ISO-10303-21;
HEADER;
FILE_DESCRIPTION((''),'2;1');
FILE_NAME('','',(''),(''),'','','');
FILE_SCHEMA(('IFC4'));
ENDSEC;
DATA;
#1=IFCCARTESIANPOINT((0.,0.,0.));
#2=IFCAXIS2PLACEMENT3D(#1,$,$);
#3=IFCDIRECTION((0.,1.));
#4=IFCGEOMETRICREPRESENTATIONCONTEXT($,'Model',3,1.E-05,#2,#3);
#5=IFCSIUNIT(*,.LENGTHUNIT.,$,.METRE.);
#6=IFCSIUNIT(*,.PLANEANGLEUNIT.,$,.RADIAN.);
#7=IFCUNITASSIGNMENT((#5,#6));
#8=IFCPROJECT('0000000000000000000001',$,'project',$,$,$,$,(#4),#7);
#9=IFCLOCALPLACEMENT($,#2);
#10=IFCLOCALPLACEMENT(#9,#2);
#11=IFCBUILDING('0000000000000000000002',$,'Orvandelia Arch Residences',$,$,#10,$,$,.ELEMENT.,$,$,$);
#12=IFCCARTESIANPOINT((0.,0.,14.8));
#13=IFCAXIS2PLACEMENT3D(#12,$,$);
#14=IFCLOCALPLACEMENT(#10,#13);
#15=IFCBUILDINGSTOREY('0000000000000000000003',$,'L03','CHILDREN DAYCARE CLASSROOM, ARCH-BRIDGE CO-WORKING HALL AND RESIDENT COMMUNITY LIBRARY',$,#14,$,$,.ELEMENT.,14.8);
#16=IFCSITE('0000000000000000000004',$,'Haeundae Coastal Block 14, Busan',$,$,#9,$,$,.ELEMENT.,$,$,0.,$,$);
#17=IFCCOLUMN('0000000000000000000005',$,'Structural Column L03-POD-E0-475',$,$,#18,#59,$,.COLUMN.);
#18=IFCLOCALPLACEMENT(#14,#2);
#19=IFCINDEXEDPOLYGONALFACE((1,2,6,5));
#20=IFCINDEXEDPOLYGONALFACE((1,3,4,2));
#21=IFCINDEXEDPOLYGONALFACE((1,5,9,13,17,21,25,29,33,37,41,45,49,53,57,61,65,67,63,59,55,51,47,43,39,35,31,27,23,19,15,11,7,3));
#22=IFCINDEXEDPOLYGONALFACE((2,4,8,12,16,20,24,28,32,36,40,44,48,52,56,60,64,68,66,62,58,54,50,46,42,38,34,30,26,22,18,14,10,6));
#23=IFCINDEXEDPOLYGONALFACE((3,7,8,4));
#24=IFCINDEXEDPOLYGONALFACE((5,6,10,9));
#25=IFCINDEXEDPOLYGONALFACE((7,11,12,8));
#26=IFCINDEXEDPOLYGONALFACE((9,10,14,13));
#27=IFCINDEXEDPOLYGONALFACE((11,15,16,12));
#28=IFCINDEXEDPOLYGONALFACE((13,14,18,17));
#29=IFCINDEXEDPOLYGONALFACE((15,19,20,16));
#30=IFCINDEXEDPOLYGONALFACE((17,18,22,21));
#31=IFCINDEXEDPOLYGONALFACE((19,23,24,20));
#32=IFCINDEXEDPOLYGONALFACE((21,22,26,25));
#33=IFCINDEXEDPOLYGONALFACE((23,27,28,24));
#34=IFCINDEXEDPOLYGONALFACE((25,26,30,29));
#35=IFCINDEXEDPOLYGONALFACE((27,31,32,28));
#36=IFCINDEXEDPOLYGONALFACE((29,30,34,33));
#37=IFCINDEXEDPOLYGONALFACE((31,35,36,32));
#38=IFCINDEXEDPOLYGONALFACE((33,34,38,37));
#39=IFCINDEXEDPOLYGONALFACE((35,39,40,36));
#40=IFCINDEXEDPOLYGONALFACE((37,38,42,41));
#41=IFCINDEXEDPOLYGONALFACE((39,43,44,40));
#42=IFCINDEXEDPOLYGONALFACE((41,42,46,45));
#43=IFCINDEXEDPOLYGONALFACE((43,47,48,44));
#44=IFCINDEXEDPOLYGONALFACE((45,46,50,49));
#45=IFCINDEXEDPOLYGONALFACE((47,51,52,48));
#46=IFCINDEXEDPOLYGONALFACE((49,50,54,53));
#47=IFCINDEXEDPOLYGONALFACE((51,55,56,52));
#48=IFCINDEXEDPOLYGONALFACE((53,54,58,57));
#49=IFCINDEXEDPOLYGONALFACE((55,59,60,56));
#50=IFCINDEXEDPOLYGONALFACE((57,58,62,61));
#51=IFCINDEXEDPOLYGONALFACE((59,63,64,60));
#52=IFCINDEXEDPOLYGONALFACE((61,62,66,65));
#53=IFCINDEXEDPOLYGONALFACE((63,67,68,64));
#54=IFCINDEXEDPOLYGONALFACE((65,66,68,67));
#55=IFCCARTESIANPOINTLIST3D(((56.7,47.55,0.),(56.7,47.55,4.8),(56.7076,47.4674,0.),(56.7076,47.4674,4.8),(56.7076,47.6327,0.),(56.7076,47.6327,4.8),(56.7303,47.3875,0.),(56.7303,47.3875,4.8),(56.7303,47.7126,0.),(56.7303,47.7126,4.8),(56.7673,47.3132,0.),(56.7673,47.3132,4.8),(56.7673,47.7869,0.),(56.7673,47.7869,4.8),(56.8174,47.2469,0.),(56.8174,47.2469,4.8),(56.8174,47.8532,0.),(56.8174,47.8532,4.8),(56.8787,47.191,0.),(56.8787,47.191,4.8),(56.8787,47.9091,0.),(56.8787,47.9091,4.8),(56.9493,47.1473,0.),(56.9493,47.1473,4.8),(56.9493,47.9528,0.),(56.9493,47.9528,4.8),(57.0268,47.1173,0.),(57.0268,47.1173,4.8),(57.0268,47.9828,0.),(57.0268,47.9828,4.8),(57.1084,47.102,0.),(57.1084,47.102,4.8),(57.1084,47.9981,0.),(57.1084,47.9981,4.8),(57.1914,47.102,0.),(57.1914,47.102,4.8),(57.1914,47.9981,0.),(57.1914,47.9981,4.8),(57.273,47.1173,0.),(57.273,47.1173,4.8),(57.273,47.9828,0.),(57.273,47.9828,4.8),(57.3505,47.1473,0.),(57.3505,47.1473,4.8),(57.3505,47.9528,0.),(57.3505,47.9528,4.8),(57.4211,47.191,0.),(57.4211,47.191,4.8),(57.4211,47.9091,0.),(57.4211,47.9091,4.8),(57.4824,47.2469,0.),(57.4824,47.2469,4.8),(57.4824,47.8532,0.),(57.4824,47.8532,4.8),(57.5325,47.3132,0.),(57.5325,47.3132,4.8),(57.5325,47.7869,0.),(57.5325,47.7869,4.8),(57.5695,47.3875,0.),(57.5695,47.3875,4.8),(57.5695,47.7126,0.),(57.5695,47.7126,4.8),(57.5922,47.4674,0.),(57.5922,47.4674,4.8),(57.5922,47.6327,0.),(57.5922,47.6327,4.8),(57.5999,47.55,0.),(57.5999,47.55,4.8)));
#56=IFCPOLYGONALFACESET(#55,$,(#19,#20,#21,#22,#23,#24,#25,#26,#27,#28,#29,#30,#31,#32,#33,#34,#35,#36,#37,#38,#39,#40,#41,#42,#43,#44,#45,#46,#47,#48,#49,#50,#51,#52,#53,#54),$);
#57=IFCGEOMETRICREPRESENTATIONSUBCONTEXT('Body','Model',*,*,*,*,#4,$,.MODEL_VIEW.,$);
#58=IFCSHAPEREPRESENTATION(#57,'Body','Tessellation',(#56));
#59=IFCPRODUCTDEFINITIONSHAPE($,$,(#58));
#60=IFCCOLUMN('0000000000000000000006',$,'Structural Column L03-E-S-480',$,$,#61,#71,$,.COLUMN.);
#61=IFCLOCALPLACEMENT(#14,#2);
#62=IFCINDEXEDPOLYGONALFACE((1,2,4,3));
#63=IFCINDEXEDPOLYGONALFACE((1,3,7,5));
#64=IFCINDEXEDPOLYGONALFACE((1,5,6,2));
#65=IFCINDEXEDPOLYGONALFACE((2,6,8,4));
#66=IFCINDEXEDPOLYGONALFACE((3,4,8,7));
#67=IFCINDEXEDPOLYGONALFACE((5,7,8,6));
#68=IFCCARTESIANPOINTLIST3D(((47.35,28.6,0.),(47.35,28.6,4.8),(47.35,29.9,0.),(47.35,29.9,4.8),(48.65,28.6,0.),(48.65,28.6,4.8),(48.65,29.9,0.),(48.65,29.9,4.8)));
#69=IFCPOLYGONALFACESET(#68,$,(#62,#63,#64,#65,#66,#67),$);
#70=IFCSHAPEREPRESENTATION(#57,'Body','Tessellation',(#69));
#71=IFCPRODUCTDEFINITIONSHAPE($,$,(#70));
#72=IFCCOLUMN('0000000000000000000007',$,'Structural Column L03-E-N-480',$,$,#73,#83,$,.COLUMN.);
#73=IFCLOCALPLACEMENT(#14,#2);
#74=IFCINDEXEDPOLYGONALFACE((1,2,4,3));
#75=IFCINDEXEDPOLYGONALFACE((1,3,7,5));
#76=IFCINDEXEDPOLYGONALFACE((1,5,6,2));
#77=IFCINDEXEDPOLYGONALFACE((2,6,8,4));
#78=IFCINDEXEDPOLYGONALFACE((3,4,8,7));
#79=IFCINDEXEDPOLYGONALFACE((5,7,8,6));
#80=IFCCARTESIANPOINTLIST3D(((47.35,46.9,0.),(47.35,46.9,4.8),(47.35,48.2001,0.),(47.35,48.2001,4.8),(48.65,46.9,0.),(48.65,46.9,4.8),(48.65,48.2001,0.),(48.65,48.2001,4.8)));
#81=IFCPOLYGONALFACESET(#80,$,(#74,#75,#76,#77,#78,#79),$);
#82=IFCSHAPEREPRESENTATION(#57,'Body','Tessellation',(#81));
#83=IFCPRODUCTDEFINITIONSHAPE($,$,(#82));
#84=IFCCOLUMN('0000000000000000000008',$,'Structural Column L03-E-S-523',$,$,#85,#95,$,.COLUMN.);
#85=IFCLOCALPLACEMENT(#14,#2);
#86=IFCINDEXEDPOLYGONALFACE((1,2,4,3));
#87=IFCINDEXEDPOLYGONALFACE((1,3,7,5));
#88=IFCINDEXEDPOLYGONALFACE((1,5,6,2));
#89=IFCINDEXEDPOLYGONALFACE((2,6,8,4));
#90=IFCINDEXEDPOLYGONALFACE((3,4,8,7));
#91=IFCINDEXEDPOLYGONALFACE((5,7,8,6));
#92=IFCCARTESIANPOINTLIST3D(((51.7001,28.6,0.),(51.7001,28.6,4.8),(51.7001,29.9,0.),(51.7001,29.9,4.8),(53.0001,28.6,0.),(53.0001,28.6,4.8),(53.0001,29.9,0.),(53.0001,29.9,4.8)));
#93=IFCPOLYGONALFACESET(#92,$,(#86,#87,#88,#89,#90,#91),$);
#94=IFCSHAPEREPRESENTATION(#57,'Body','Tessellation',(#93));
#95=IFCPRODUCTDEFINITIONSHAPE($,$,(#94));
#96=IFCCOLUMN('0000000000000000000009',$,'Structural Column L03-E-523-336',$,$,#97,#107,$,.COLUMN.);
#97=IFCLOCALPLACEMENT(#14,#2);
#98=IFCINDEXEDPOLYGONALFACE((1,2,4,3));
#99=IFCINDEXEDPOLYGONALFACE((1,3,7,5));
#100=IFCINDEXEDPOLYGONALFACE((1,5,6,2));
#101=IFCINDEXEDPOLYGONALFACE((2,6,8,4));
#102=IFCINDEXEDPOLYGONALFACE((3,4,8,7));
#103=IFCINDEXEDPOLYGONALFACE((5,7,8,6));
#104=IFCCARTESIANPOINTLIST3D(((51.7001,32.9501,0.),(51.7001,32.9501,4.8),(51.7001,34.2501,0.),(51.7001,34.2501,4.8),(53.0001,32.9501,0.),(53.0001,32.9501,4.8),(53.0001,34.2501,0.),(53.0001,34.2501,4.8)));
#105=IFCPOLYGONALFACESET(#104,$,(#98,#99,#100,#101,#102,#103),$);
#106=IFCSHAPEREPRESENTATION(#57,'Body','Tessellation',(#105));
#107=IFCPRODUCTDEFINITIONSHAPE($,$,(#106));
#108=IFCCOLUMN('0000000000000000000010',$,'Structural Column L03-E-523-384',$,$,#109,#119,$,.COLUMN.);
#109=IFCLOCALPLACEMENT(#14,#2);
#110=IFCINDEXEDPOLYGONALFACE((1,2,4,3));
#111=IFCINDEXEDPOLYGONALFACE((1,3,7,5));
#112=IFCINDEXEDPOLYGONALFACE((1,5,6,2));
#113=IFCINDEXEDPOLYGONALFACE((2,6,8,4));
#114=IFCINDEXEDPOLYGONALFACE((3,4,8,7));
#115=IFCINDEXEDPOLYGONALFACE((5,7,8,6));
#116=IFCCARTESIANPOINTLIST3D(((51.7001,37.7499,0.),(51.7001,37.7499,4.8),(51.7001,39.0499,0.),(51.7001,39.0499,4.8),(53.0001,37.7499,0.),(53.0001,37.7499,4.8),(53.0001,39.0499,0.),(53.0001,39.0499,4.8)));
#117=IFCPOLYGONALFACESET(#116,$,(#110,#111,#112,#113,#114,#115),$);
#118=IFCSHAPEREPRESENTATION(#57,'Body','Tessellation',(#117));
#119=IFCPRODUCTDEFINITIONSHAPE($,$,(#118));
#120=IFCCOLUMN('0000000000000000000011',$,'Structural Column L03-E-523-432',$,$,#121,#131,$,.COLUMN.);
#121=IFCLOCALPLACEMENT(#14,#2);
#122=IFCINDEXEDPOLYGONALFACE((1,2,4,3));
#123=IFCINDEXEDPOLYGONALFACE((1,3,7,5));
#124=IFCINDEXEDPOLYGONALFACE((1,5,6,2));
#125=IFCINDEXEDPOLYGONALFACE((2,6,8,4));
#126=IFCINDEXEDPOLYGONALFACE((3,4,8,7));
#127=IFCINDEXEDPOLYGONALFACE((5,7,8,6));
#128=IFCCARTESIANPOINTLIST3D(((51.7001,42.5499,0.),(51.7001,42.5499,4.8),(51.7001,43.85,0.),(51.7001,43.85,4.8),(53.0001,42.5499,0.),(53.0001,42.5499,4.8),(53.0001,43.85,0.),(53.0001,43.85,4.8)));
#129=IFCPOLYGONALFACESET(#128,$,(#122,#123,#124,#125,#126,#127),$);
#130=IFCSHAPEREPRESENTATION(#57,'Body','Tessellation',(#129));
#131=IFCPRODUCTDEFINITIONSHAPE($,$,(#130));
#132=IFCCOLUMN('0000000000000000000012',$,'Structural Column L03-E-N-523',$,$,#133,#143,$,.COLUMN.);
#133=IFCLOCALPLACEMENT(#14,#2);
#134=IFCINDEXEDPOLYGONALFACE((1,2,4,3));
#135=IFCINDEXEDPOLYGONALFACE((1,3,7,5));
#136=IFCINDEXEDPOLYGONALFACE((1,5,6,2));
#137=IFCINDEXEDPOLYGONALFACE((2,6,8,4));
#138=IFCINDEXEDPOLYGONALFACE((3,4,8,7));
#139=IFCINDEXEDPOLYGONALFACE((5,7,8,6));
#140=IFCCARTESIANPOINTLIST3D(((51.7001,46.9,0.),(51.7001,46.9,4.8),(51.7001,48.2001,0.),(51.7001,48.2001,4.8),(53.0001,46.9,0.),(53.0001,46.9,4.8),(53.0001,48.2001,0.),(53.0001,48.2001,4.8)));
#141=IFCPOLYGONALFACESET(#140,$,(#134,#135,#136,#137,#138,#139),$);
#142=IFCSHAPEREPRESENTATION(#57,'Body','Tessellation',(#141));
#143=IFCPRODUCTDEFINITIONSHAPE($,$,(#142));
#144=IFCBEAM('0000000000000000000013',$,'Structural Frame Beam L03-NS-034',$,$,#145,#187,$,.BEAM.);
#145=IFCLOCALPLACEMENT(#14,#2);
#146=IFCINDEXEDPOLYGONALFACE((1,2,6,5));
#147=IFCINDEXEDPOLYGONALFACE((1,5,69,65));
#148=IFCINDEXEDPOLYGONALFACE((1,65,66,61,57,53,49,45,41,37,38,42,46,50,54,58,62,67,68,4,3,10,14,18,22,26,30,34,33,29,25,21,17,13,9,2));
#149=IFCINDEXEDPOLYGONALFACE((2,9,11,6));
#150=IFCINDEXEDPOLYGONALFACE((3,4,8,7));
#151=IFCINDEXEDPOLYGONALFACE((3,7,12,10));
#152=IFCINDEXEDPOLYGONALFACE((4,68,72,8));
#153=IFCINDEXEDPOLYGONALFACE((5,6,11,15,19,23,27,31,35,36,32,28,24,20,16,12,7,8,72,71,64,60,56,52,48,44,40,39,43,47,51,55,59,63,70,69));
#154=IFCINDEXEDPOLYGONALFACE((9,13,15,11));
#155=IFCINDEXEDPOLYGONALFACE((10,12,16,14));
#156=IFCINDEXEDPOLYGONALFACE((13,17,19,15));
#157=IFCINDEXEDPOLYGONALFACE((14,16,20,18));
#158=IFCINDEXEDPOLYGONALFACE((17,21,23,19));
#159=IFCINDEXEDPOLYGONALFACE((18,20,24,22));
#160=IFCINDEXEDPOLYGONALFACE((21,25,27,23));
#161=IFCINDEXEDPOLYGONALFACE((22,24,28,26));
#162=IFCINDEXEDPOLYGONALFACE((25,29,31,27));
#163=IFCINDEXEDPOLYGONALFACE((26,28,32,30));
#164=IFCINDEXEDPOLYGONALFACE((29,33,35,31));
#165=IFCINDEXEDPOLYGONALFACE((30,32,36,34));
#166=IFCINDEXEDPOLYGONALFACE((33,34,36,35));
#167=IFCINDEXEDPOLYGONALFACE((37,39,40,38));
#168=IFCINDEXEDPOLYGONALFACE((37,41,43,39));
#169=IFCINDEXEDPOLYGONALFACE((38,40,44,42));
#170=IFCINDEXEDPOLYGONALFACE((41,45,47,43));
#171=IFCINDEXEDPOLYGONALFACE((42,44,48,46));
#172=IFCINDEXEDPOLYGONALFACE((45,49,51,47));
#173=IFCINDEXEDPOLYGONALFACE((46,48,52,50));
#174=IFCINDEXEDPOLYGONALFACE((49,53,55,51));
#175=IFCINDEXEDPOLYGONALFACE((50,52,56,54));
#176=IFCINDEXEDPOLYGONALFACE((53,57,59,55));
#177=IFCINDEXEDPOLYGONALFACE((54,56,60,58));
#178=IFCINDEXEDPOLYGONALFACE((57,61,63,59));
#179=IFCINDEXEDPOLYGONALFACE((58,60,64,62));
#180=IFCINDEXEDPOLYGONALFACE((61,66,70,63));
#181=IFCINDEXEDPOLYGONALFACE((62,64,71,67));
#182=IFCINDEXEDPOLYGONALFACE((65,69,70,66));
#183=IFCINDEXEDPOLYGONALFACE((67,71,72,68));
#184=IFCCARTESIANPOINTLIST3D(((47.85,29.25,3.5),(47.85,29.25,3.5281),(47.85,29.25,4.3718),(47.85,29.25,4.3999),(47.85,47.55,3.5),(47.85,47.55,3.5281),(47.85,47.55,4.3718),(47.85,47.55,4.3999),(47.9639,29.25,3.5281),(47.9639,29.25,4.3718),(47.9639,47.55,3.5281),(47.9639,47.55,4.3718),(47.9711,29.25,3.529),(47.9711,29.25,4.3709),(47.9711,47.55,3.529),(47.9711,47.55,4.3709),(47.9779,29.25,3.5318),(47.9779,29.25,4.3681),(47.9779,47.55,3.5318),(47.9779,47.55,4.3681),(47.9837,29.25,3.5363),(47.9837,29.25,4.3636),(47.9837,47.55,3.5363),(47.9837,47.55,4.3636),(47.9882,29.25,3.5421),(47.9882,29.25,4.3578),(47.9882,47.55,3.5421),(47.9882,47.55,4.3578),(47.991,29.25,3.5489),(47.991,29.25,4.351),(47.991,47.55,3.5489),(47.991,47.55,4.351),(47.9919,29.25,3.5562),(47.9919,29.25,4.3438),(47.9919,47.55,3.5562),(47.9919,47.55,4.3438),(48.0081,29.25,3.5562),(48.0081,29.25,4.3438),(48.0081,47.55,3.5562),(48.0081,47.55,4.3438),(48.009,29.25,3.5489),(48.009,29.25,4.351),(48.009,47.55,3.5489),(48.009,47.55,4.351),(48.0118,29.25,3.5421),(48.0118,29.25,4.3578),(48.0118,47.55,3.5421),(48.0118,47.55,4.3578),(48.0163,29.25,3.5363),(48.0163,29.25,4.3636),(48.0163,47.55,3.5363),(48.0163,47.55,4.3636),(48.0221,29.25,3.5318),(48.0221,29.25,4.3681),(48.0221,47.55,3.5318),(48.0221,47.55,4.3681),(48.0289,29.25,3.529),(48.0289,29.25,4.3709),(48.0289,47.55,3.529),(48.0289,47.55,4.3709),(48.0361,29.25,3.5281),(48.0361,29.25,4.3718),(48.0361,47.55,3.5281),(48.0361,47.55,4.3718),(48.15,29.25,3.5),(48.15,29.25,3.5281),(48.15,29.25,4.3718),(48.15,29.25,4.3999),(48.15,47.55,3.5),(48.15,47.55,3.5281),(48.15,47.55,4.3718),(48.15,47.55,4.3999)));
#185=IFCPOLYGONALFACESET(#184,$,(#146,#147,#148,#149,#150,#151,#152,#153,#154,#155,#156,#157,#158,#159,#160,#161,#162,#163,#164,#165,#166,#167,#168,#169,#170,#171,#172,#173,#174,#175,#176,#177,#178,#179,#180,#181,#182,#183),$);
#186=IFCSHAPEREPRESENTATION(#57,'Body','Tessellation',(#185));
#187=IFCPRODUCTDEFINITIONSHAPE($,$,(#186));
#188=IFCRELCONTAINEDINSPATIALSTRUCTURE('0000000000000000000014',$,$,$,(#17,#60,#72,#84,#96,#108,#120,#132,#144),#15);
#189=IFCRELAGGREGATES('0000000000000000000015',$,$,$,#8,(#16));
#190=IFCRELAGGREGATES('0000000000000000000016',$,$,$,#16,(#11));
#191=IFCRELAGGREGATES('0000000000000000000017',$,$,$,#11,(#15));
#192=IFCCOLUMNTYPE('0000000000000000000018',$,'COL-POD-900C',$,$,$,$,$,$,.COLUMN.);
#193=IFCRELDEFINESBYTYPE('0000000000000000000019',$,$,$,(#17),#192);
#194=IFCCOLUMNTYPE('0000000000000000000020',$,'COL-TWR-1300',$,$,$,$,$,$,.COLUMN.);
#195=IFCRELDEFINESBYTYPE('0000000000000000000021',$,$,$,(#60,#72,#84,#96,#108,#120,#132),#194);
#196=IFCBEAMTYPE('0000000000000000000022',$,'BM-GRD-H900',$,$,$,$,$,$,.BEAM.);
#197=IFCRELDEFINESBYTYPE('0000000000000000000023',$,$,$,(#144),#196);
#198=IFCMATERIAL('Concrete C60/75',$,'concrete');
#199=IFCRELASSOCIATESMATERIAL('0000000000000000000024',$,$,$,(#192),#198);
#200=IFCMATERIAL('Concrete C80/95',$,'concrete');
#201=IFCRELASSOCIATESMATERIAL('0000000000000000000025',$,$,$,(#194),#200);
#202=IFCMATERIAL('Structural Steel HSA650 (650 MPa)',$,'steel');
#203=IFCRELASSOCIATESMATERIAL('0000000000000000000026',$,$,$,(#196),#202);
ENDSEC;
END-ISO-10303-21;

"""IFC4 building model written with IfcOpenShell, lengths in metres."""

from ifc_helpers import new_model, si_unit, direction, frame, origin, origin_2d, place, context, subcontext, project, spatial, rectangle, circle, i_section, extrude, material, material_profile, profile_set, type_object, element, save


model = new_model("IFC4")

# Units and contexts
model_context = context("Model", 3, precision=1e-05, world=origin(), true_north=direction((0.0, 1.0)))
body_context = subcontext(model_context, "Body", "Model", "MODEL_VIEW")
ifc_project = project(units=[si_unit("LENGTHUNIT", "METRE"), si_unit("PLANEANGLEUNIT", "RADIAN")], contexts=[model_context])

# Site, building, storey
site_placement = place(None, origin())
site = spatial("IfcSite", under=ifc_project, at=site_placement, Name="Haeundae Coastal Block 14, Busan", CompositionType="ELEMENT", RefElevation=0.0)
building_placement = place(site_placement, origin())
building = spatial("IfcBuilding", under=site, at=building_placement, Name="Orvandelia Arch Residences", CompositionType="ELEMENT")
storey_placement = place(building_placement, frame((0.0, 0.0, 14.8)))
storey = spatial("IfcBuildingStorey", under=building, at=storey_placement, Name="L03", Description="CHILDREN DAYCARE CLASSROOM, ARCH-BRIDGE CO-WORKING HALL AND RESIDENT COMMUNITY LIBRARY", CompositionType="ELEMENT", Elevation=14.8)

# Columns
ifc_material_1 = material(Name="Concrete C60/75", Category="concrete")
ifc_material_profile_1 = material_profile(ifc_material_1, circle(Radius=0.45, at=origin_2d()), Name="Concrete C60/75", Category="concrete")
ifc_profile_set_1 = profile_set([ifc_material_profile_1], Name="Concrete C60/75")
column_type_1 = type_object("IfcColumnType", Name="COL-POD-900C", PredefinedType="COLUMN", material=ifc_profile_set_1)
for number, where, z_axis, x_axis, name in (
    (1, (57.1499, 47.55, 0.0), (0.0, 0.0, 1.0), (1.0, 0.0, 0.0), "Structural Column L03-POD-E0-475"),
):
    element("IfcColumn", number, at=place(storey_placement, frame(where, z_axis=z_axis, x_axis=x_axis)), inside=storey, type_object=column_type_1, Name=name, PredefinedType="COLUMN", context=body_context, shape_type="SweptSolid", body=[
        extrude(circle(Radius=0.45, at=origin_2d()), origin(), (0.0, 0.0, 1.0), 4.8),
    ])
ifc_material_2 = material(Name="Concrete C80/95", Category="concrete")
ifc_material_profile_2 = material_profile(ifc_material_2, rectangle(XDim=1.3, YDim=1.3, at=origin_2d()), Name="Concrete C80/95", Category="concrete")
ifc_profile_set_2 = profile_set([ifc_material_profile_2], Name="Concrete C80/95")
column_type_2 = type_object("IfcColumnType", Name="COL-TWR-1300", PredefinedType="COLUMN", material=ifc_profile_set_2)
for number, where, z_axis, x_axis, name in (
    (2, (48.0, 29.25, 0.0), (0.0, 0.0, 1.0), (1.0, 0.0, 0.0), "Structural Column L03-E-S-480"),
    (3, (48.0, 47.55, 0.0), (0.0, 0.0, 1.0), (1.0, 0.0, 0.0), "Structural Column L03-E-N-480"),
    (4, (52.3501, 29.25, 0.0), (0.0, 0.0, 1.0), (1.0, 0.0, 0.0), "Structural Column L03-E-S-523"),
    (5, (52.3501, 33.6001, 0.0), (0.0, 0.0, 1.0), (1.0, 0.0, 0.0), "Structural Column L03-E-523-336"),
    (6, (52.3501, 38.3999, 0.0), (0.0, 0.0, 1.0), (1.0, 0.0, 0.0), "Structural Column L03-E-523-384"),
    (7, (52.3501, 43.2, 0.0), (0.0, 0.0, 1.0), (1.0, 0.0, 0.0), "Structural Column L03-E-523-432"),
    (8, (52.3501, 47.55, 0.0), (0.0, 0.0, 1.0), (1.0, 0.0, 0.0), "Structural Column L03-E-N-523"),
):
    element("IfcColumn", number, at=place(storey_placement, frame(where, z_axis=z_axis, x_axis=x_axis)), inside=storey, type_object=column_type_2, Name=name, PredefinedType="COLUMN", context=body_context, shape_type="SweptSolid", body=[
        extrude(rectangle(XDim=1.3, YDim=1.3, at=origin_2d()), origin(), (0.0, 0.0, 1.0), 4.8),
    ])

# Beam
ifc_material_3 = material(Name="Structural Steel HSA650 (650 MPa)", Category="steel")
ifc_material_profile_3 = material_profile(ifc_material_3, i_section(OverallWidth=0.3, OverallDepth=0.8999, WebThickness=0.0161, FlangeThickness=0.0281, FilletRadius=0.0281, at=origin_2d()), Name="Structural Steel HSA650 (650 MPa)", Category="steel")
ifc_profile_set_3 = profile_set([ifc_material_profile_3], Name="Structural Steel HSA650 (650 MPa)")
beam_type = type_object("IfcBeamType", Name="BM-GRD-H900", PredefinedType="BEAM", material=ifc_profile_set_3)
beam_1_placement = place(storey_placement, frame((48.0, 29.25, 3.95), z_axis=(0.0, 1.0, 0.0), x_axis=(-1.0, 0.0, 0.0)))
element("IfcBeam", 9, at=beam_1_placement, inside=storey, type_object=beam_type, Name="Structural Frame Beam L03-NS-034", PredefinedType="BEAM", context=body_context, shape_type="SweptSolid", body=[
    extrude(i_section(OverallWidth=0.3, OverallDepth=0.8999, WebThickness=0.0161, FlangeThickness=0.0281, FilletRadius=0.0281, at=origin_2d()), origin(), (0.0, 0.0, 1.0), 18.3),
])

save(model, "model.ifc")
